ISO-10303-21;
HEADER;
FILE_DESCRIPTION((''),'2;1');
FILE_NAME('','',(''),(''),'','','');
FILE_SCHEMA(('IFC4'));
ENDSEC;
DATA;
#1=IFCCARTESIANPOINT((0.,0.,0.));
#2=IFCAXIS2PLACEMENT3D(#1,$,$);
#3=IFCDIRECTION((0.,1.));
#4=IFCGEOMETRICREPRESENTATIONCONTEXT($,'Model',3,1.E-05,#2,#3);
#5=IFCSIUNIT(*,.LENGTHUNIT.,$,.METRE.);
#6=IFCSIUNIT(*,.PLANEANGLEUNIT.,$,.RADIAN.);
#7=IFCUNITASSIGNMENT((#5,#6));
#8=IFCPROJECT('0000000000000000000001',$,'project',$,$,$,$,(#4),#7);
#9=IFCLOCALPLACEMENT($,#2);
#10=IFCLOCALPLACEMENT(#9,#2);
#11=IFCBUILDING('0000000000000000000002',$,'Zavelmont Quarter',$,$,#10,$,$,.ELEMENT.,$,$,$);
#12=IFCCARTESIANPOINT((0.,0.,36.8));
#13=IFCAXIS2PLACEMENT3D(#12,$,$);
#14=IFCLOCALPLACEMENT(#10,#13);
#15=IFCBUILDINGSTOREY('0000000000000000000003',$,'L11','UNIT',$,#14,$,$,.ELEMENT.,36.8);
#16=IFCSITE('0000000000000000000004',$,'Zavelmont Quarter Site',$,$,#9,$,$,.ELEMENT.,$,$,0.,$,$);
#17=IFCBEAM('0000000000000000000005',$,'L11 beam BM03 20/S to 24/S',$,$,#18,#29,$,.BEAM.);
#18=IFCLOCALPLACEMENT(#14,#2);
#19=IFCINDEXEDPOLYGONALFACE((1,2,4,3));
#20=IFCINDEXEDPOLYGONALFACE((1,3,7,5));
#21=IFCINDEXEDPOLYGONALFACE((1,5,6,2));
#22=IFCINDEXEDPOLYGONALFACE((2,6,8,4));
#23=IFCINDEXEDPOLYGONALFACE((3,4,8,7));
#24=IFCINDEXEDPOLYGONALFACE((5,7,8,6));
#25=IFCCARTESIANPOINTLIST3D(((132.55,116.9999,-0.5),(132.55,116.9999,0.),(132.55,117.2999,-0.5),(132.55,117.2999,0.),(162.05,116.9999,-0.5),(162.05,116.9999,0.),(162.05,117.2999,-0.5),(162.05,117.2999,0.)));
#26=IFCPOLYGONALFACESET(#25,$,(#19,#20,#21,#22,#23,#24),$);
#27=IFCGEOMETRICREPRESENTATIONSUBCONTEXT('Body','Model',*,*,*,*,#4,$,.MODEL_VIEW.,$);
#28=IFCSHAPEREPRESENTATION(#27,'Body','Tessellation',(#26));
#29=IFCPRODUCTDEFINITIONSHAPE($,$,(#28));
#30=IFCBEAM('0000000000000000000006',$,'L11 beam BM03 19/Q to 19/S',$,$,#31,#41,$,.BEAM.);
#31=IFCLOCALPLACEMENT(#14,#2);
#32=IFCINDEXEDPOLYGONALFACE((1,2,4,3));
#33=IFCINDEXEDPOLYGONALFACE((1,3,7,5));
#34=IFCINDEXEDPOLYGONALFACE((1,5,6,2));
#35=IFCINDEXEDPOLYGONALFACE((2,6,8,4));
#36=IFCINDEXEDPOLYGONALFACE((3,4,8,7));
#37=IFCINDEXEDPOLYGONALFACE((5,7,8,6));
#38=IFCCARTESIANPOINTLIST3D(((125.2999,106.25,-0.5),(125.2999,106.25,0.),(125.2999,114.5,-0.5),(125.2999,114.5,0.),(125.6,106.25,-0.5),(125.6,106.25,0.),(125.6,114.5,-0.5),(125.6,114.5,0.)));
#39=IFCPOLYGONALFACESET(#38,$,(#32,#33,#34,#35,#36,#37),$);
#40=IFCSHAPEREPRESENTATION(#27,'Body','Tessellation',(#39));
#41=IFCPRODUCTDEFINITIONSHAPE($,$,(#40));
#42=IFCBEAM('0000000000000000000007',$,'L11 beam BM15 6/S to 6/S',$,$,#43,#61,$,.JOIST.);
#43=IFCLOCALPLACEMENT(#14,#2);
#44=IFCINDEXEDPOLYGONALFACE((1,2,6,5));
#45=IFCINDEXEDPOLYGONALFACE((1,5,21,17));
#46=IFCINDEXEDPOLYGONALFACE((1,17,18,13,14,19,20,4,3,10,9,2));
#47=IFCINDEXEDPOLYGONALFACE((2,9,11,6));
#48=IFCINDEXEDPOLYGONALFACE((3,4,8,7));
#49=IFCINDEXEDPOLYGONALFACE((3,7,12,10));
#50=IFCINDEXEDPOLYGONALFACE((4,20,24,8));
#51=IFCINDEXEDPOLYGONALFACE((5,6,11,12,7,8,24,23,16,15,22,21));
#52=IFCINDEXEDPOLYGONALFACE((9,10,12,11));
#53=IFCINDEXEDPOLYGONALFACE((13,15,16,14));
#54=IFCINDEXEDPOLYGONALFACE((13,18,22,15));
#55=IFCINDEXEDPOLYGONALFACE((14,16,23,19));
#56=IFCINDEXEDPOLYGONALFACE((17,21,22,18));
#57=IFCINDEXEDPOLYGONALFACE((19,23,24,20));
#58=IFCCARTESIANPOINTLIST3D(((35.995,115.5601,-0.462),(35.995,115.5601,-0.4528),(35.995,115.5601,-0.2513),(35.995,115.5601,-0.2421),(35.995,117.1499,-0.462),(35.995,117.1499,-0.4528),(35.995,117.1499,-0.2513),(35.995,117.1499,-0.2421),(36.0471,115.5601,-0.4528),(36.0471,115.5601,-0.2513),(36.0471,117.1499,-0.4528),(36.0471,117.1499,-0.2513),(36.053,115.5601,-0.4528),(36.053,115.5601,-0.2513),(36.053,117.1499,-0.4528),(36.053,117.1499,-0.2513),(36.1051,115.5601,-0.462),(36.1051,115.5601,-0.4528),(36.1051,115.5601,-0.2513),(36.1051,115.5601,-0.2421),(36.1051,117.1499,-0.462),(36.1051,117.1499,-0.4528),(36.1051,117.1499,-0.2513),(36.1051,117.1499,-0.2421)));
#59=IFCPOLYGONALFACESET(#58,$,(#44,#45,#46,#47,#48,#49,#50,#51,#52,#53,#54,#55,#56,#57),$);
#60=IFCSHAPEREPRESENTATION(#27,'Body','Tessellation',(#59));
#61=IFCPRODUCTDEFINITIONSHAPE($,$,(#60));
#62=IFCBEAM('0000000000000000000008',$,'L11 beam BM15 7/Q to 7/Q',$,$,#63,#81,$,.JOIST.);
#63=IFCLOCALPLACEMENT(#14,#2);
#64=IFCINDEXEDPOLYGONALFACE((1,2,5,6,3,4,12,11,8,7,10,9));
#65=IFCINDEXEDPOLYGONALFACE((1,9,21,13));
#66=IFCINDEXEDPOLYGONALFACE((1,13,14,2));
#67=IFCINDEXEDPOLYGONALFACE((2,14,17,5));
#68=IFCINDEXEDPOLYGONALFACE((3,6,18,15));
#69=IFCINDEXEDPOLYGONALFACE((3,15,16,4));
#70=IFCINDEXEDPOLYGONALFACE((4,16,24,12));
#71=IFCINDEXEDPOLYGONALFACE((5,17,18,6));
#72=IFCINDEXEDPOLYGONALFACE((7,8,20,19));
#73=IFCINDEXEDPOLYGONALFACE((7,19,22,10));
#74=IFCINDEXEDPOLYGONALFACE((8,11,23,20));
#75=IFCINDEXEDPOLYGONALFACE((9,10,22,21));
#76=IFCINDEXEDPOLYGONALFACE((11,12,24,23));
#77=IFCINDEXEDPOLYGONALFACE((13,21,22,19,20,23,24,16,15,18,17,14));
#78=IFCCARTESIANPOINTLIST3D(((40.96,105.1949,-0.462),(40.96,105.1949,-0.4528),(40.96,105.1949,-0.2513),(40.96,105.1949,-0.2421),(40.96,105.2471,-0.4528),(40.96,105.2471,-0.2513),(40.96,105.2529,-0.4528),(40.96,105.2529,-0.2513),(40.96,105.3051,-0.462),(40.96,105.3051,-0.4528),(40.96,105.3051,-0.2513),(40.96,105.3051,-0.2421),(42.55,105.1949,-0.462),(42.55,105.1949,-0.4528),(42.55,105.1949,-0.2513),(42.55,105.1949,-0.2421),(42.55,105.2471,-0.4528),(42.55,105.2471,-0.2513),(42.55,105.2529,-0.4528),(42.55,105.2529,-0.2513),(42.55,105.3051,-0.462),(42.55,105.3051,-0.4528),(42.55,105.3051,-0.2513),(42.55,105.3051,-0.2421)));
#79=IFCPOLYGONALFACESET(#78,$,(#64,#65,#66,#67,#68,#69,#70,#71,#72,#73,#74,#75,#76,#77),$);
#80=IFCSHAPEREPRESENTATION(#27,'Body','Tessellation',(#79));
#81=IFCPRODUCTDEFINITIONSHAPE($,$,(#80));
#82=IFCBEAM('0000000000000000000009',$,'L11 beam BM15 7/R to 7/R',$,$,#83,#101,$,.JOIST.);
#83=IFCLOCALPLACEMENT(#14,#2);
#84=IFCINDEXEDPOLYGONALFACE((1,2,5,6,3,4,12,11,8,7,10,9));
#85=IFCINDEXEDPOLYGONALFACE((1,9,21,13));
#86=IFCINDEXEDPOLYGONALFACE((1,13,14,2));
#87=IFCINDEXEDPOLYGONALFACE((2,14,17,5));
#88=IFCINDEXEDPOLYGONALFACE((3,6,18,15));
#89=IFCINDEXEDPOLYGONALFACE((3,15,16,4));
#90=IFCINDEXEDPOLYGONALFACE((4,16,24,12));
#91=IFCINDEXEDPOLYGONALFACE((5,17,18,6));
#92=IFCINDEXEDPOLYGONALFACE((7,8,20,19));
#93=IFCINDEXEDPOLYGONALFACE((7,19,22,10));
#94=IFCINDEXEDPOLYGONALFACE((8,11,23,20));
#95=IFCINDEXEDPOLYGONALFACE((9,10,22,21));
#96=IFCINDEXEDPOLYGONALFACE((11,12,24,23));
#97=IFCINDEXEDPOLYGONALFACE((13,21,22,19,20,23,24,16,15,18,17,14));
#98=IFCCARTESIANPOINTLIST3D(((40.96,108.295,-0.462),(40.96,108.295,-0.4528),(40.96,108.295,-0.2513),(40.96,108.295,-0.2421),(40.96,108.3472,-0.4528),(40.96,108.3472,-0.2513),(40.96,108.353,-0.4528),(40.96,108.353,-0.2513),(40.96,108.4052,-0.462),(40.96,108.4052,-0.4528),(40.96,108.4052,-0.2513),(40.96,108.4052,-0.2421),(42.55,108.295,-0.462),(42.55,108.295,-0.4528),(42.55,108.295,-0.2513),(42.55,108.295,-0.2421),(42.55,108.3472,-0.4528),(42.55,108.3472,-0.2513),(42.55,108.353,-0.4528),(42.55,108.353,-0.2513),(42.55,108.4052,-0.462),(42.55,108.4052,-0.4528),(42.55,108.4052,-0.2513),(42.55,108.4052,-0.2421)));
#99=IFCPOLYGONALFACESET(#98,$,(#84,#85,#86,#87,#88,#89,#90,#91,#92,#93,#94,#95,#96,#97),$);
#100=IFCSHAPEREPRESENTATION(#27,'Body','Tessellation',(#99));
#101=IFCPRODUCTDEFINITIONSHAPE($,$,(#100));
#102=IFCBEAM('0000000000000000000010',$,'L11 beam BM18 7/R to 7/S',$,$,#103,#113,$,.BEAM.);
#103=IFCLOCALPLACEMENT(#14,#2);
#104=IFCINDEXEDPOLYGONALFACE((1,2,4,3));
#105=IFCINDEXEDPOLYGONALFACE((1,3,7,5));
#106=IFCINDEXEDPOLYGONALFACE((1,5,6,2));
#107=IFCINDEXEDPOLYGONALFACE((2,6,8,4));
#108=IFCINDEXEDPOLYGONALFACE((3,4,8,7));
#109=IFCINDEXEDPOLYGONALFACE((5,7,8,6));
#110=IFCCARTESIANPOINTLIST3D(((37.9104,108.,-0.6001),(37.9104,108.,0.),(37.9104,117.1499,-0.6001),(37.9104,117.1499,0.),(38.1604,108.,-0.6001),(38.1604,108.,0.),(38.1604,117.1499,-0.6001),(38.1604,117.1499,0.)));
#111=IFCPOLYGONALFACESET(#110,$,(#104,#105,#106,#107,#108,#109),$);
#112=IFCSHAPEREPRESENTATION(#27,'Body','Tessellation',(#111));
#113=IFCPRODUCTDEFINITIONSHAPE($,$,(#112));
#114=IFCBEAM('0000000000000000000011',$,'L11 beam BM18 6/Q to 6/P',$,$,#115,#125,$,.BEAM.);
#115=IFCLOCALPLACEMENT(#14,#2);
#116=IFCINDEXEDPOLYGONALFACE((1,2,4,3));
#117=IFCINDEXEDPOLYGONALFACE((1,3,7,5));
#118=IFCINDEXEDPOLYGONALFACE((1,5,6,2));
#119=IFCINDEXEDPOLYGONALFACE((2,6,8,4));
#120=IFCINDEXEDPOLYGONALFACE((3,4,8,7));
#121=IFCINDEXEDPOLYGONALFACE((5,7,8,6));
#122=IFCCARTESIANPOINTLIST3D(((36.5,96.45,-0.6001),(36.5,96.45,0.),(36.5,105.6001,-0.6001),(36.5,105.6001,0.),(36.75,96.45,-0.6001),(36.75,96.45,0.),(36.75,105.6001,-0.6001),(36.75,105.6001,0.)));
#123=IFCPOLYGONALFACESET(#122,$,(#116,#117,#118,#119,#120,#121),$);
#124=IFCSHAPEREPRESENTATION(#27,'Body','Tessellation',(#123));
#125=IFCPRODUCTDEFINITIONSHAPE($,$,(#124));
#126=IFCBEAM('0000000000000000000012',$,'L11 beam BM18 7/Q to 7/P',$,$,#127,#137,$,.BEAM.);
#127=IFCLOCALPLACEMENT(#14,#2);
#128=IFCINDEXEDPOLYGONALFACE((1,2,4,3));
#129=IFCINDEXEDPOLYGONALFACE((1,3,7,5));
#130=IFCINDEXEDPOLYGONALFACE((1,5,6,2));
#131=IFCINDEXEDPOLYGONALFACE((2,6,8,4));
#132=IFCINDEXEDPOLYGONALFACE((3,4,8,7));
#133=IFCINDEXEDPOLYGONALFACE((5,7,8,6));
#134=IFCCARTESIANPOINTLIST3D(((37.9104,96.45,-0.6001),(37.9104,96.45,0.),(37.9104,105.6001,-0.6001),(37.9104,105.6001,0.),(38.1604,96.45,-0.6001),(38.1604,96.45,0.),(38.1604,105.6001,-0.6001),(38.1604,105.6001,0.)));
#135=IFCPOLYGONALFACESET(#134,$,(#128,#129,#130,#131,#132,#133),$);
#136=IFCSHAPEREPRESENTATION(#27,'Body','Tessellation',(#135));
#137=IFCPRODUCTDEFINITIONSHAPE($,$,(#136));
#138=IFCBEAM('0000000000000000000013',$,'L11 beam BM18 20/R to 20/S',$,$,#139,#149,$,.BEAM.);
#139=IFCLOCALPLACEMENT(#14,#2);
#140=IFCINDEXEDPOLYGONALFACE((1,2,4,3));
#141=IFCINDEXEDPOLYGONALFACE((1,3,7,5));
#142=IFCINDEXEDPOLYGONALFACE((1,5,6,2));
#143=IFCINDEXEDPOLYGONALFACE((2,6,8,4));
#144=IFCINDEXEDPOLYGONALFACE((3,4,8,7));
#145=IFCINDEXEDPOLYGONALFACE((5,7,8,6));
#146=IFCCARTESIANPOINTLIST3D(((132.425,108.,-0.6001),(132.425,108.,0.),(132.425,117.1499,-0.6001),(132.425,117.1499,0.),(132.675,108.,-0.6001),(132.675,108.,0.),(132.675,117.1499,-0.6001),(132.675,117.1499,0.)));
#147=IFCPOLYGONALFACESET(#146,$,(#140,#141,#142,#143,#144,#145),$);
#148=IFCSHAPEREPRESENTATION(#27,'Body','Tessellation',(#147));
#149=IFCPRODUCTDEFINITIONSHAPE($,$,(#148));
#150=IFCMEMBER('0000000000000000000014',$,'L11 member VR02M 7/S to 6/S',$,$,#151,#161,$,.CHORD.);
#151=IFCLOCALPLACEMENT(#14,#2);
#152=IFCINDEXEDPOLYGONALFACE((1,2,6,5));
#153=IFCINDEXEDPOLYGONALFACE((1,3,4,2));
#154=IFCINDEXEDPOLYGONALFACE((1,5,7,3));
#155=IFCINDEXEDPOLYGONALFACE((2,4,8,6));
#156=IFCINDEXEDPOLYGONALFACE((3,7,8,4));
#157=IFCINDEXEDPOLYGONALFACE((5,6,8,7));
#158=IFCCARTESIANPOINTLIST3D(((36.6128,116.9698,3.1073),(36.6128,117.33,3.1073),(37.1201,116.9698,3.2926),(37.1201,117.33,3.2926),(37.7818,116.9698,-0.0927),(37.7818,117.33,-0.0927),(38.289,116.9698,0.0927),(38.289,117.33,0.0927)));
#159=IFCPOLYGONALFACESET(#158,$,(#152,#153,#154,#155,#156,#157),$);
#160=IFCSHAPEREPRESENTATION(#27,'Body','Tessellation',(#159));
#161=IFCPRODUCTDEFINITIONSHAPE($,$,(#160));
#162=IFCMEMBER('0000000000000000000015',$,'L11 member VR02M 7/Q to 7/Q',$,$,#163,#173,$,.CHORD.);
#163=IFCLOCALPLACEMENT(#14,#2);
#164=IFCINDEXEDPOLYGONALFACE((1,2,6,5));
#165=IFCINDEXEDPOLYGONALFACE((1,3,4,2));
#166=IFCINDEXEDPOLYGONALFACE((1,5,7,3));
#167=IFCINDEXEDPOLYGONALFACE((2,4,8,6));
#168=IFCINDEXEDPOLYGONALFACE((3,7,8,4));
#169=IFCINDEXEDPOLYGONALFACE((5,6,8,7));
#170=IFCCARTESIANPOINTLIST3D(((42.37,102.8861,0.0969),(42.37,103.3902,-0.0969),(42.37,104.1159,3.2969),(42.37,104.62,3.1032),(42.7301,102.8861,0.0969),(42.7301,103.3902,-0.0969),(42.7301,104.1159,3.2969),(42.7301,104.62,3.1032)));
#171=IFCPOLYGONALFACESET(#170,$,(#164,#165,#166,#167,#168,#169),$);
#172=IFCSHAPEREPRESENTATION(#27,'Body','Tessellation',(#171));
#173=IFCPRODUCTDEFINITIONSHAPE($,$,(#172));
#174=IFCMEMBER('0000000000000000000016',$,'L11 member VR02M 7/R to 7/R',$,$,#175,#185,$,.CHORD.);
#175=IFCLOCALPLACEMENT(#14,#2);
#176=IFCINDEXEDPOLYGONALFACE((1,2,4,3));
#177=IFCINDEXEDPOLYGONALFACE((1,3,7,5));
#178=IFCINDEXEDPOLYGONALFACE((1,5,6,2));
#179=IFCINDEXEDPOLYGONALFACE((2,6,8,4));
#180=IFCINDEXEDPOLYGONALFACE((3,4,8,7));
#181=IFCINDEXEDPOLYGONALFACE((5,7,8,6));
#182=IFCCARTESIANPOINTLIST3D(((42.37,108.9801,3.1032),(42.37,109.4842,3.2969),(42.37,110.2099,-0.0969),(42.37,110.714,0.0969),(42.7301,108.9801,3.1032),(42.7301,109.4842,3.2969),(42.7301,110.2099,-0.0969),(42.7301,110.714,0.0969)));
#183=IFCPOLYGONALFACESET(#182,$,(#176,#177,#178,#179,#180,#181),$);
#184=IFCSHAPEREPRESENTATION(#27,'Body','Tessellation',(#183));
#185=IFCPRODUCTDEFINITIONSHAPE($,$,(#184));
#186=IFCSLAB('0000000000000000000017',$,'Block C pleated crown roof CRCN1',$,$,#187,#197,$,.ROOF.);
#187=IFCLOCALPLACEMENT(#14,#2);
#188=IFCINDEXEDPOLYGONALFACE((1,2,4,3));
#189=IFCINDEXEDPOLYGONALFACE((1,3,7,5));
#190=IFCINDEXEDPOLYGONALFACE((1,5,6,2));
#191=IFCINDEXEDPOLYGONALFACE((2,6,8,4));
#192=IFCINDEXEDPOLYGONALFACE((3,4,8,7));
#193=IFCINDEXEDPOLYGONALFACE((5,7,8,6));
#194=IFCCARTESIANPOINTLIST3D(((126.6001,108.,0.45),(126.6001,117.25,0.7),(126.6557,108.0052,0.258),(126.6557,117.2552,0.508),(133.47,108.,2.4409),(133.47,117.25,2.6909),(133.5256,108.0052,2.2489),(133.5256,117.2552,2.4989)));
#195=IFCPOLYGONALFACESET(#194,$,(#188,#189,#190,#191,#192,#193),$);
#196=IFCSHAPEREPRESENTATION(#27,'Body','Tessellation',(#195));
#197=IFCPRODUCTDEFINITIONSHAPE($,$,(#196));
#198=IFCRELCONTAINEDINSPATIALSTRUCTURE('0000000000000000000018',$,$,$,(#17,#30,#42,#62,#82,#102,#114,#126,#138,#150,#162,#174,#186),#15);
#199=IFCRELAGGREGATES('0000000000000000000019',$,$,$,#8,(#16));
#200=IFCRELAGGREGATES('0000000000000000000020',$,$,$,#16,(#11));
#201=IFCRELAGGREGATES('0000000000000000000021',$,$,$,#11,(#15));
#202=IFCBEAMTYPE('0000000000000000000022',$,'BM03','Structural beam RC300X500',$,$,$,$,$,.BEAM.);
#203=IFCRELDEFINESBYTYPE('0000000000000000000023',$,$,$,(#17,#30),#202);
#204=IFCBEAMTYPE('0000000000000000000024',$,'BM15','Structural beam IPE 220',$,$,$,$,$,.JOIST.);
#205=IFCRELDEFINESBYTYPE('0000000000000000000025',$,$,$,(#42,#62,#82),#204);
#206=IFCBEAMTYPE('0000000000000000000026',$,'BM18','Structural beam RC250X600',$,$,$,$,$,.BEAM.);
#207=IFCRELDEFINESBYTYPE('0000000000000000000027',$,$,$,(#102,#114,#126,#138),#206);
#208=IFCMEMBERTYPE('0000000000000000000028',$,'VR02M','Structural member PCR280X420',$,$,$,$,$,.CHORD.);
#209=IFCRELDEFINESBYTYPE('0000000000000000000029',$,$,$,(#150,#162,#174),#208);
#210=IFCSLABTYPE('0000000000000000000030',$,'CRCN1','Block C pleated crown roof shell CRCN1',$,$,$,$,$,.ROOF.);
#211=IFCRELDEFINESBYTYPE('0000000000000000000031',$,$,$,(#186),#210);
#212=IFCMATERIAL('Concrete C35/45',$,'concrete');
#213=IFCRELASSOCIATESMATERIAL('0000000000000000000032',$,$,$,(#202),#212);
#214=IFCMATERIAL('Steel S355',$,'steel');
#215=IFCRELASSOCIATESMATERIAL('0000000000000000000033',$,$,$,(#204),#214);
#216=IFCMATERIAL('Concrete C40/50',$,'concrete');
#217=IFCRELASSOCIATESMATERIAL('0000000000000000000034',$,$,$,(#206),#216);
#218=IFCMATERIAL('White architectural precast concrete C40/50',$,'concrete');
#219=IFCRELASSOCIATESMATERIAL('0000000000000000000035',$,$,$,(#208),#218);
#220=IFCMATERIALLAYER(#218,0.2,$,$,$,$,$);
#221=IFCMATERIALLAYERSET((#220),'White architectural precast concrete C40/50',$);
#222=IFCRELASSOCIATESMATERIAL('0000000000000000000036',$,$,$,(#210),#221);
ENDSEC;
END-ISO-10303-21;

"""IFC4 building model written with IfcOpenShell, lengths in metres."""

from ifc_helpers import new_model, si_unit, direction, frame, origin, origin_2d, place, context, subcontext, project, spatial, polyline, rectangle, i_section, outline, extrude, material, layer, layer_set, material_profile, profile_set, type_object, element, save


model = new_model("IFC4")

# Units and contexts
model_context = context("Model", 3, precision=1e-05, world=origin(), true_north=direction((0.0, 1.0)))
body_context = subcontext(model_context, "Body", "Model", "MODEL_VIEW")
ifc_project = project(units=[si_unit("LENGTHUNIT", "METRE"), si_unit("PLANEANGLEUNIT", "RADIAN")], contexts=[model_context])

# Site, building, storey
site_placement = place(None, origin())
site = spatial("IfcSite", under=ifc_project, at=site_placement, Name="Zavelmont Quarter Site", CompositionType="ELEMENT", RefElevation=0.0)
building_placement = place(site_placement, origin())
building = spatial("IfcBuilding", under=site, at=building_placement, Name="Zavelmont Quarter", CompositionType="ELEMENT")
storey_placement = place(building_placement, frame((0.0, 0.0, 36.8)))
storey = spatial("IfcBuildingStorey", under=building, at=storey_placement, Name="L11", Description="UNIT", CompositionType="ELEMENT", Elevation=36.8)

# Shared definitions
ifc_material_1 = material(Name="Concrete C35/45", Category="concrete")

# Beams
ifc_material_profile_1 = material_profile(ifc_material_1, rectangle(XDim=0.3, YDim=0.5, at=origin_2d()), Name="RC300X500")
ifc_profile_set_1 = profile_set([ifc_material_profile_1], Name="Concrete C35/45")
beam_type_1 = type_object("IfcBeamType", Name="BM03", Description="Structural beam RC300X500", PredefinedType="BEAM", material=ifc_profile_set_1)
beam_1_placement = place(storey_placement, frame((132.55, 117.1499, -0.25), z_axis=(1.0, 0.0, 0.0), x_axis=(0.0, 1.0, 0.0)))
element("IfcBeam", 1, at=beam_1_placement, inside=storey, type_object=beam_type_1, Name="L11 beam BM03 20/S to 24/S", PredefinedType="BEAM", context=body_context, shape_type="SweptSolid", body=[
    extrude(rectangle(XDim=0.3, YDim=0.5, at=origin_2d()), origin(), (0.0, 0.0, 1.0), 29.5),
])
beam_2_placement = place(storey_placement, frame((125.45, 106.25, -0.25), z_axis=(0.0, 1.0, 0.0), x_axis=(-1.0, 0.0, 0.0)))
element("IfcBeam", 2, at=beam_2_placement, inside=storey, type_object=beam_type_1, Name="L11 beam BM03 19/Q to 19/S", PredefinedType="BEAM", context=body_context, shape_type="SweptSolid", body=[
    extrude(rectangle(XDim=0.3, YDim=0.5, at=origin_2d()), origin(), (0.0, 0.0, 1.0), 8.25),
])
ifc_material_2 = material(Name="Steel S355", Category="steel")
ifc_material_profile_2 = material_profile(ifc_material_2, i_section(OverallWidth=0.1101, OverallDepth=0.22, WebThickness=0.0059, FlangeThickness=0.0093, at=origin_2d()), Name="IPE 220")
ifc_profile_set_2 = profile_set([ifc_material_profile_2], Name="Steel S355")
beam_type_2 = type_object("IfcBeamType", Name="BM15", Description="Structural beam IPE 220", PredefinedType="JOIST", material=ifc_profile_set_2)
beam_3_placement = place(storey_placement, frame((36.05, 115.5601, -0.3521), z_axis=(0.0, 1.0, 0.0), x_axis=(-1.0, 0.0, 0.0)))
element("IfcBeam", 3, at=beam_3_placement, inside=storey, type_object=beam_type_2, Name="L11 beam BM15 6/S to 6/S", PredefinedType="JOIST", context=body_context, shape_type="SweptSolid", body=[
    extrude(i_section(OverallWidth=0.1101, OverallDepth=0.22, WebThickness=0.0059, FlangeThickness=0.0093, at=origin_2d()), origin(), (0.0, 0.0, 1.0), 1.5898),
])
for number, where, z_axis, x_axis, name in (
    (4, (40.96, 105.25, -0.3521), (1.0, 0.0, 0.0), (0.0, 1.0, 0.0), "L11 beam BM15 7/Q to 7/Q"),
    (5, (40.96, 108.3501, -0.3521), (1.0, 0.0, 0.0), (0.0, 1.0, 0.0), "L11 beam BM15 7/R to 7/R"),
):
    element("IfcBeam", number, at=place(storey_placement, frame(where, z_axis=z_axis, x_axis=x_axis)), inside=storey, type_object=beam_type_2, Name=name, PredefinedType="JOIST", context=body_context, shape_type="SweptSolid", body=[
        extrude(i_section(OverallWidth=0.1101, OverallDepth=0.22, WebThickness=0.0059, FlangeThickness=0.0093, at=origin_2d()), origin(), (0.0, 0.0, 1.0), 1.5901),
    ])
ifc_material_3 = material(Name="Concrete C40/50", Category="concrete")
ifc_material_profile_3 = material_profile(ifc_material_3, rectangle(XDim=0.25, YDim=0.6001, at=origin_2d()), Name="RC250X600")
ifc_profile_set_3 = profile_set([ifc_material_profile_3], Name="Concrete C40/50")
beam_type_3 = type_object("IfcBeamType", Name="BM18", Description="Structural beam RC250X600", PredefinedType="BEAM", material=ifc_profile_set_3)
beam_4_placement = place(storey_placement, frame((38.0354, 108.0, -0.3), z_axis=(0.0, 1.0, 0.0), x_axis=(-1.0, 0.0, 0.0)))
element("IfcBeam", 6, at=beam_4_placement, inside=storey, type_object=beam_type_3, Name="L11 beam BM18 7/R to 7/S", PredefinedType="BEAM", context=body_context, shape_type="SweptSolid", body=[
    extrude(rectangle(XDim=0.25, YDim=0.6001, at=origin_2d()), origin(), (0.0, 0.0, 1.0), 9.1499),
])
for number, where, z_axis, x_axis, name in (
    (7, (36.625, 105.6001, -0.3), (0.0, -1.0, 0.0), (1.0, 0.0, 0.0), "L11 beam BM18 6/Q to 6/P"),
    (8, (38.0354, 105.6001, -0.3), (0.0, -1.0, 0.0), (1.0, 0.0, 0.0), "L11 beam BM18 7/Q to 7/P"),
):
    element("IfcBeam", number, at=place(storey_placement, frame(where, z_axis=z_axis, x_axis=x_axis)), inside=storey, type_object=beam_type_3, Name=name, PredefinedType="BEAM", context=body_context, shape_type="SweptSolid", body=[
        extrude(rectangle(XDim=0.25, YDim=0.6001, at=origin_2d()), origin(), (0.0, 0.0, 1.0), 9.1501),
    ])
beam_5_placement = place(storey_placement, frame((132.55, 108.0, -0.3), z_axis=(0.0, 1.0, 0.0), x_axis=(-1.0, 0.0, 0.0)))
element("IfcBeam", 9, at=beam_5_placement, inside=storey, type_object=beam_type_3, Name="L11 beam BM18 20/R to 20/S", PredefinedType="BEAM", context=body_context, shape_type="SweptSolid", body=[
    extrude(rectangle(XDim=0.25, YDim=0.6001, at=origin_2d()), origin(), (0.0, 0.0, 1.0), 9.1499),
])

# Members
ifc_material_4 = material(Name="White architectural precast concrete C40/50", Category="concrete")
ifc_material_profile_4 = material_profile(ifc_material_4, rectangle(XDim=0.3601, YDim=0.54, at=origin_2d()), Name="PCR280X420")
ifc_profile_set_4 = profile_set([ifc_material_profile_4], Name="White architectural precast concrete C40/50")
member_type = type_object("IfcMemberType", Name="VR02M", Description="Structural member PCR280X420", PredefinedType="CHORD", material=ifc_profile_set_4)
member_placement = place(storey_placement, frame((38.0354, 117.1499, 0.0), z_axis=(-0.343124, 0.0, 0.93929), x_axis=(0.0, -1.0, 0.0)))
element("IfcMember", 10, at=member_placement, inside=storey, type_object=member_type, Name="L11 member VR02M 7/S to 6/S", PredefinedType="CHORD", context=body_context, shape_type="SweptSolid", body=[
    extrude(rectangle(XDim=0.3601, YDim=0.54, at=origin_2d()), origin(), (0.0, 0.0, 1.0), 3.4067),
])
for number, where, z_axis, x_axis, name in (
    (11, (42.55, 103.1382, 0.0), (0.0, 0.358721, 0.933445), (-1.0, 0.0, 0.0), "L11 member VR02M 7/Q to 7/Q"),
    (12, (42.55, 110.4619, 0.0), (0.0, -0.358721, 0.933445), (1.0, 0.0, 0.0), "L11 member VR02M 7/R to 7/R"),
):
    element("IfcMember", number, at=place(storey_placement, frame(where, z_axis=z_axis, x_axis=x_axis)), inside=storey, type_object=member_type, Name=name, PredefinedType="CHORD", context=body_context, shape_type="SweptSolid", body=[
        extrude(rectangle(XDim=0.3601, YDim=0.54, at=origin_2d()), origin(), (0.0, 0.0, 1.0), 3.4282),
    ])

# Slab
ifc_layer_1 = layer(ifc_material_4, 0.2)
ifc_layer_set_1 = layer_set([ifc_layer_1], Name="White architectural precast concrete C40/50")
slab_type = type_object("IfcSlabType", Name="CRCN1", Description="Block C pleated crown roof shell CRCN1", PredefinedType="ROOF", material=ifc_layer_set_1)
slab_placement = place(storey_placement, frame((126.6001, 108.0, 0.45), z_axis=(-0.278264, -0.02595, 0.960154), x_axis=(0.960478, 0.0, 0.278357)))
element("IfcSlab", 13, at=slab_placement, inside=storey, type_object=slab_type, Name="Block C pleated crown roof CRCN1", PredefinedType="ROOF", context=body_context, shape_type="SweptSolid", body=[
    extrude(outline(polyline([(0.0, 0.0), (7.1526, 0.0), (7.2221, 9.2531), (0.0696, 9.2531), (0.0, 0.0)])), origin(), (0.0, 0.0, -1.0), 0.2),
])

save(model, "model.ifc")
